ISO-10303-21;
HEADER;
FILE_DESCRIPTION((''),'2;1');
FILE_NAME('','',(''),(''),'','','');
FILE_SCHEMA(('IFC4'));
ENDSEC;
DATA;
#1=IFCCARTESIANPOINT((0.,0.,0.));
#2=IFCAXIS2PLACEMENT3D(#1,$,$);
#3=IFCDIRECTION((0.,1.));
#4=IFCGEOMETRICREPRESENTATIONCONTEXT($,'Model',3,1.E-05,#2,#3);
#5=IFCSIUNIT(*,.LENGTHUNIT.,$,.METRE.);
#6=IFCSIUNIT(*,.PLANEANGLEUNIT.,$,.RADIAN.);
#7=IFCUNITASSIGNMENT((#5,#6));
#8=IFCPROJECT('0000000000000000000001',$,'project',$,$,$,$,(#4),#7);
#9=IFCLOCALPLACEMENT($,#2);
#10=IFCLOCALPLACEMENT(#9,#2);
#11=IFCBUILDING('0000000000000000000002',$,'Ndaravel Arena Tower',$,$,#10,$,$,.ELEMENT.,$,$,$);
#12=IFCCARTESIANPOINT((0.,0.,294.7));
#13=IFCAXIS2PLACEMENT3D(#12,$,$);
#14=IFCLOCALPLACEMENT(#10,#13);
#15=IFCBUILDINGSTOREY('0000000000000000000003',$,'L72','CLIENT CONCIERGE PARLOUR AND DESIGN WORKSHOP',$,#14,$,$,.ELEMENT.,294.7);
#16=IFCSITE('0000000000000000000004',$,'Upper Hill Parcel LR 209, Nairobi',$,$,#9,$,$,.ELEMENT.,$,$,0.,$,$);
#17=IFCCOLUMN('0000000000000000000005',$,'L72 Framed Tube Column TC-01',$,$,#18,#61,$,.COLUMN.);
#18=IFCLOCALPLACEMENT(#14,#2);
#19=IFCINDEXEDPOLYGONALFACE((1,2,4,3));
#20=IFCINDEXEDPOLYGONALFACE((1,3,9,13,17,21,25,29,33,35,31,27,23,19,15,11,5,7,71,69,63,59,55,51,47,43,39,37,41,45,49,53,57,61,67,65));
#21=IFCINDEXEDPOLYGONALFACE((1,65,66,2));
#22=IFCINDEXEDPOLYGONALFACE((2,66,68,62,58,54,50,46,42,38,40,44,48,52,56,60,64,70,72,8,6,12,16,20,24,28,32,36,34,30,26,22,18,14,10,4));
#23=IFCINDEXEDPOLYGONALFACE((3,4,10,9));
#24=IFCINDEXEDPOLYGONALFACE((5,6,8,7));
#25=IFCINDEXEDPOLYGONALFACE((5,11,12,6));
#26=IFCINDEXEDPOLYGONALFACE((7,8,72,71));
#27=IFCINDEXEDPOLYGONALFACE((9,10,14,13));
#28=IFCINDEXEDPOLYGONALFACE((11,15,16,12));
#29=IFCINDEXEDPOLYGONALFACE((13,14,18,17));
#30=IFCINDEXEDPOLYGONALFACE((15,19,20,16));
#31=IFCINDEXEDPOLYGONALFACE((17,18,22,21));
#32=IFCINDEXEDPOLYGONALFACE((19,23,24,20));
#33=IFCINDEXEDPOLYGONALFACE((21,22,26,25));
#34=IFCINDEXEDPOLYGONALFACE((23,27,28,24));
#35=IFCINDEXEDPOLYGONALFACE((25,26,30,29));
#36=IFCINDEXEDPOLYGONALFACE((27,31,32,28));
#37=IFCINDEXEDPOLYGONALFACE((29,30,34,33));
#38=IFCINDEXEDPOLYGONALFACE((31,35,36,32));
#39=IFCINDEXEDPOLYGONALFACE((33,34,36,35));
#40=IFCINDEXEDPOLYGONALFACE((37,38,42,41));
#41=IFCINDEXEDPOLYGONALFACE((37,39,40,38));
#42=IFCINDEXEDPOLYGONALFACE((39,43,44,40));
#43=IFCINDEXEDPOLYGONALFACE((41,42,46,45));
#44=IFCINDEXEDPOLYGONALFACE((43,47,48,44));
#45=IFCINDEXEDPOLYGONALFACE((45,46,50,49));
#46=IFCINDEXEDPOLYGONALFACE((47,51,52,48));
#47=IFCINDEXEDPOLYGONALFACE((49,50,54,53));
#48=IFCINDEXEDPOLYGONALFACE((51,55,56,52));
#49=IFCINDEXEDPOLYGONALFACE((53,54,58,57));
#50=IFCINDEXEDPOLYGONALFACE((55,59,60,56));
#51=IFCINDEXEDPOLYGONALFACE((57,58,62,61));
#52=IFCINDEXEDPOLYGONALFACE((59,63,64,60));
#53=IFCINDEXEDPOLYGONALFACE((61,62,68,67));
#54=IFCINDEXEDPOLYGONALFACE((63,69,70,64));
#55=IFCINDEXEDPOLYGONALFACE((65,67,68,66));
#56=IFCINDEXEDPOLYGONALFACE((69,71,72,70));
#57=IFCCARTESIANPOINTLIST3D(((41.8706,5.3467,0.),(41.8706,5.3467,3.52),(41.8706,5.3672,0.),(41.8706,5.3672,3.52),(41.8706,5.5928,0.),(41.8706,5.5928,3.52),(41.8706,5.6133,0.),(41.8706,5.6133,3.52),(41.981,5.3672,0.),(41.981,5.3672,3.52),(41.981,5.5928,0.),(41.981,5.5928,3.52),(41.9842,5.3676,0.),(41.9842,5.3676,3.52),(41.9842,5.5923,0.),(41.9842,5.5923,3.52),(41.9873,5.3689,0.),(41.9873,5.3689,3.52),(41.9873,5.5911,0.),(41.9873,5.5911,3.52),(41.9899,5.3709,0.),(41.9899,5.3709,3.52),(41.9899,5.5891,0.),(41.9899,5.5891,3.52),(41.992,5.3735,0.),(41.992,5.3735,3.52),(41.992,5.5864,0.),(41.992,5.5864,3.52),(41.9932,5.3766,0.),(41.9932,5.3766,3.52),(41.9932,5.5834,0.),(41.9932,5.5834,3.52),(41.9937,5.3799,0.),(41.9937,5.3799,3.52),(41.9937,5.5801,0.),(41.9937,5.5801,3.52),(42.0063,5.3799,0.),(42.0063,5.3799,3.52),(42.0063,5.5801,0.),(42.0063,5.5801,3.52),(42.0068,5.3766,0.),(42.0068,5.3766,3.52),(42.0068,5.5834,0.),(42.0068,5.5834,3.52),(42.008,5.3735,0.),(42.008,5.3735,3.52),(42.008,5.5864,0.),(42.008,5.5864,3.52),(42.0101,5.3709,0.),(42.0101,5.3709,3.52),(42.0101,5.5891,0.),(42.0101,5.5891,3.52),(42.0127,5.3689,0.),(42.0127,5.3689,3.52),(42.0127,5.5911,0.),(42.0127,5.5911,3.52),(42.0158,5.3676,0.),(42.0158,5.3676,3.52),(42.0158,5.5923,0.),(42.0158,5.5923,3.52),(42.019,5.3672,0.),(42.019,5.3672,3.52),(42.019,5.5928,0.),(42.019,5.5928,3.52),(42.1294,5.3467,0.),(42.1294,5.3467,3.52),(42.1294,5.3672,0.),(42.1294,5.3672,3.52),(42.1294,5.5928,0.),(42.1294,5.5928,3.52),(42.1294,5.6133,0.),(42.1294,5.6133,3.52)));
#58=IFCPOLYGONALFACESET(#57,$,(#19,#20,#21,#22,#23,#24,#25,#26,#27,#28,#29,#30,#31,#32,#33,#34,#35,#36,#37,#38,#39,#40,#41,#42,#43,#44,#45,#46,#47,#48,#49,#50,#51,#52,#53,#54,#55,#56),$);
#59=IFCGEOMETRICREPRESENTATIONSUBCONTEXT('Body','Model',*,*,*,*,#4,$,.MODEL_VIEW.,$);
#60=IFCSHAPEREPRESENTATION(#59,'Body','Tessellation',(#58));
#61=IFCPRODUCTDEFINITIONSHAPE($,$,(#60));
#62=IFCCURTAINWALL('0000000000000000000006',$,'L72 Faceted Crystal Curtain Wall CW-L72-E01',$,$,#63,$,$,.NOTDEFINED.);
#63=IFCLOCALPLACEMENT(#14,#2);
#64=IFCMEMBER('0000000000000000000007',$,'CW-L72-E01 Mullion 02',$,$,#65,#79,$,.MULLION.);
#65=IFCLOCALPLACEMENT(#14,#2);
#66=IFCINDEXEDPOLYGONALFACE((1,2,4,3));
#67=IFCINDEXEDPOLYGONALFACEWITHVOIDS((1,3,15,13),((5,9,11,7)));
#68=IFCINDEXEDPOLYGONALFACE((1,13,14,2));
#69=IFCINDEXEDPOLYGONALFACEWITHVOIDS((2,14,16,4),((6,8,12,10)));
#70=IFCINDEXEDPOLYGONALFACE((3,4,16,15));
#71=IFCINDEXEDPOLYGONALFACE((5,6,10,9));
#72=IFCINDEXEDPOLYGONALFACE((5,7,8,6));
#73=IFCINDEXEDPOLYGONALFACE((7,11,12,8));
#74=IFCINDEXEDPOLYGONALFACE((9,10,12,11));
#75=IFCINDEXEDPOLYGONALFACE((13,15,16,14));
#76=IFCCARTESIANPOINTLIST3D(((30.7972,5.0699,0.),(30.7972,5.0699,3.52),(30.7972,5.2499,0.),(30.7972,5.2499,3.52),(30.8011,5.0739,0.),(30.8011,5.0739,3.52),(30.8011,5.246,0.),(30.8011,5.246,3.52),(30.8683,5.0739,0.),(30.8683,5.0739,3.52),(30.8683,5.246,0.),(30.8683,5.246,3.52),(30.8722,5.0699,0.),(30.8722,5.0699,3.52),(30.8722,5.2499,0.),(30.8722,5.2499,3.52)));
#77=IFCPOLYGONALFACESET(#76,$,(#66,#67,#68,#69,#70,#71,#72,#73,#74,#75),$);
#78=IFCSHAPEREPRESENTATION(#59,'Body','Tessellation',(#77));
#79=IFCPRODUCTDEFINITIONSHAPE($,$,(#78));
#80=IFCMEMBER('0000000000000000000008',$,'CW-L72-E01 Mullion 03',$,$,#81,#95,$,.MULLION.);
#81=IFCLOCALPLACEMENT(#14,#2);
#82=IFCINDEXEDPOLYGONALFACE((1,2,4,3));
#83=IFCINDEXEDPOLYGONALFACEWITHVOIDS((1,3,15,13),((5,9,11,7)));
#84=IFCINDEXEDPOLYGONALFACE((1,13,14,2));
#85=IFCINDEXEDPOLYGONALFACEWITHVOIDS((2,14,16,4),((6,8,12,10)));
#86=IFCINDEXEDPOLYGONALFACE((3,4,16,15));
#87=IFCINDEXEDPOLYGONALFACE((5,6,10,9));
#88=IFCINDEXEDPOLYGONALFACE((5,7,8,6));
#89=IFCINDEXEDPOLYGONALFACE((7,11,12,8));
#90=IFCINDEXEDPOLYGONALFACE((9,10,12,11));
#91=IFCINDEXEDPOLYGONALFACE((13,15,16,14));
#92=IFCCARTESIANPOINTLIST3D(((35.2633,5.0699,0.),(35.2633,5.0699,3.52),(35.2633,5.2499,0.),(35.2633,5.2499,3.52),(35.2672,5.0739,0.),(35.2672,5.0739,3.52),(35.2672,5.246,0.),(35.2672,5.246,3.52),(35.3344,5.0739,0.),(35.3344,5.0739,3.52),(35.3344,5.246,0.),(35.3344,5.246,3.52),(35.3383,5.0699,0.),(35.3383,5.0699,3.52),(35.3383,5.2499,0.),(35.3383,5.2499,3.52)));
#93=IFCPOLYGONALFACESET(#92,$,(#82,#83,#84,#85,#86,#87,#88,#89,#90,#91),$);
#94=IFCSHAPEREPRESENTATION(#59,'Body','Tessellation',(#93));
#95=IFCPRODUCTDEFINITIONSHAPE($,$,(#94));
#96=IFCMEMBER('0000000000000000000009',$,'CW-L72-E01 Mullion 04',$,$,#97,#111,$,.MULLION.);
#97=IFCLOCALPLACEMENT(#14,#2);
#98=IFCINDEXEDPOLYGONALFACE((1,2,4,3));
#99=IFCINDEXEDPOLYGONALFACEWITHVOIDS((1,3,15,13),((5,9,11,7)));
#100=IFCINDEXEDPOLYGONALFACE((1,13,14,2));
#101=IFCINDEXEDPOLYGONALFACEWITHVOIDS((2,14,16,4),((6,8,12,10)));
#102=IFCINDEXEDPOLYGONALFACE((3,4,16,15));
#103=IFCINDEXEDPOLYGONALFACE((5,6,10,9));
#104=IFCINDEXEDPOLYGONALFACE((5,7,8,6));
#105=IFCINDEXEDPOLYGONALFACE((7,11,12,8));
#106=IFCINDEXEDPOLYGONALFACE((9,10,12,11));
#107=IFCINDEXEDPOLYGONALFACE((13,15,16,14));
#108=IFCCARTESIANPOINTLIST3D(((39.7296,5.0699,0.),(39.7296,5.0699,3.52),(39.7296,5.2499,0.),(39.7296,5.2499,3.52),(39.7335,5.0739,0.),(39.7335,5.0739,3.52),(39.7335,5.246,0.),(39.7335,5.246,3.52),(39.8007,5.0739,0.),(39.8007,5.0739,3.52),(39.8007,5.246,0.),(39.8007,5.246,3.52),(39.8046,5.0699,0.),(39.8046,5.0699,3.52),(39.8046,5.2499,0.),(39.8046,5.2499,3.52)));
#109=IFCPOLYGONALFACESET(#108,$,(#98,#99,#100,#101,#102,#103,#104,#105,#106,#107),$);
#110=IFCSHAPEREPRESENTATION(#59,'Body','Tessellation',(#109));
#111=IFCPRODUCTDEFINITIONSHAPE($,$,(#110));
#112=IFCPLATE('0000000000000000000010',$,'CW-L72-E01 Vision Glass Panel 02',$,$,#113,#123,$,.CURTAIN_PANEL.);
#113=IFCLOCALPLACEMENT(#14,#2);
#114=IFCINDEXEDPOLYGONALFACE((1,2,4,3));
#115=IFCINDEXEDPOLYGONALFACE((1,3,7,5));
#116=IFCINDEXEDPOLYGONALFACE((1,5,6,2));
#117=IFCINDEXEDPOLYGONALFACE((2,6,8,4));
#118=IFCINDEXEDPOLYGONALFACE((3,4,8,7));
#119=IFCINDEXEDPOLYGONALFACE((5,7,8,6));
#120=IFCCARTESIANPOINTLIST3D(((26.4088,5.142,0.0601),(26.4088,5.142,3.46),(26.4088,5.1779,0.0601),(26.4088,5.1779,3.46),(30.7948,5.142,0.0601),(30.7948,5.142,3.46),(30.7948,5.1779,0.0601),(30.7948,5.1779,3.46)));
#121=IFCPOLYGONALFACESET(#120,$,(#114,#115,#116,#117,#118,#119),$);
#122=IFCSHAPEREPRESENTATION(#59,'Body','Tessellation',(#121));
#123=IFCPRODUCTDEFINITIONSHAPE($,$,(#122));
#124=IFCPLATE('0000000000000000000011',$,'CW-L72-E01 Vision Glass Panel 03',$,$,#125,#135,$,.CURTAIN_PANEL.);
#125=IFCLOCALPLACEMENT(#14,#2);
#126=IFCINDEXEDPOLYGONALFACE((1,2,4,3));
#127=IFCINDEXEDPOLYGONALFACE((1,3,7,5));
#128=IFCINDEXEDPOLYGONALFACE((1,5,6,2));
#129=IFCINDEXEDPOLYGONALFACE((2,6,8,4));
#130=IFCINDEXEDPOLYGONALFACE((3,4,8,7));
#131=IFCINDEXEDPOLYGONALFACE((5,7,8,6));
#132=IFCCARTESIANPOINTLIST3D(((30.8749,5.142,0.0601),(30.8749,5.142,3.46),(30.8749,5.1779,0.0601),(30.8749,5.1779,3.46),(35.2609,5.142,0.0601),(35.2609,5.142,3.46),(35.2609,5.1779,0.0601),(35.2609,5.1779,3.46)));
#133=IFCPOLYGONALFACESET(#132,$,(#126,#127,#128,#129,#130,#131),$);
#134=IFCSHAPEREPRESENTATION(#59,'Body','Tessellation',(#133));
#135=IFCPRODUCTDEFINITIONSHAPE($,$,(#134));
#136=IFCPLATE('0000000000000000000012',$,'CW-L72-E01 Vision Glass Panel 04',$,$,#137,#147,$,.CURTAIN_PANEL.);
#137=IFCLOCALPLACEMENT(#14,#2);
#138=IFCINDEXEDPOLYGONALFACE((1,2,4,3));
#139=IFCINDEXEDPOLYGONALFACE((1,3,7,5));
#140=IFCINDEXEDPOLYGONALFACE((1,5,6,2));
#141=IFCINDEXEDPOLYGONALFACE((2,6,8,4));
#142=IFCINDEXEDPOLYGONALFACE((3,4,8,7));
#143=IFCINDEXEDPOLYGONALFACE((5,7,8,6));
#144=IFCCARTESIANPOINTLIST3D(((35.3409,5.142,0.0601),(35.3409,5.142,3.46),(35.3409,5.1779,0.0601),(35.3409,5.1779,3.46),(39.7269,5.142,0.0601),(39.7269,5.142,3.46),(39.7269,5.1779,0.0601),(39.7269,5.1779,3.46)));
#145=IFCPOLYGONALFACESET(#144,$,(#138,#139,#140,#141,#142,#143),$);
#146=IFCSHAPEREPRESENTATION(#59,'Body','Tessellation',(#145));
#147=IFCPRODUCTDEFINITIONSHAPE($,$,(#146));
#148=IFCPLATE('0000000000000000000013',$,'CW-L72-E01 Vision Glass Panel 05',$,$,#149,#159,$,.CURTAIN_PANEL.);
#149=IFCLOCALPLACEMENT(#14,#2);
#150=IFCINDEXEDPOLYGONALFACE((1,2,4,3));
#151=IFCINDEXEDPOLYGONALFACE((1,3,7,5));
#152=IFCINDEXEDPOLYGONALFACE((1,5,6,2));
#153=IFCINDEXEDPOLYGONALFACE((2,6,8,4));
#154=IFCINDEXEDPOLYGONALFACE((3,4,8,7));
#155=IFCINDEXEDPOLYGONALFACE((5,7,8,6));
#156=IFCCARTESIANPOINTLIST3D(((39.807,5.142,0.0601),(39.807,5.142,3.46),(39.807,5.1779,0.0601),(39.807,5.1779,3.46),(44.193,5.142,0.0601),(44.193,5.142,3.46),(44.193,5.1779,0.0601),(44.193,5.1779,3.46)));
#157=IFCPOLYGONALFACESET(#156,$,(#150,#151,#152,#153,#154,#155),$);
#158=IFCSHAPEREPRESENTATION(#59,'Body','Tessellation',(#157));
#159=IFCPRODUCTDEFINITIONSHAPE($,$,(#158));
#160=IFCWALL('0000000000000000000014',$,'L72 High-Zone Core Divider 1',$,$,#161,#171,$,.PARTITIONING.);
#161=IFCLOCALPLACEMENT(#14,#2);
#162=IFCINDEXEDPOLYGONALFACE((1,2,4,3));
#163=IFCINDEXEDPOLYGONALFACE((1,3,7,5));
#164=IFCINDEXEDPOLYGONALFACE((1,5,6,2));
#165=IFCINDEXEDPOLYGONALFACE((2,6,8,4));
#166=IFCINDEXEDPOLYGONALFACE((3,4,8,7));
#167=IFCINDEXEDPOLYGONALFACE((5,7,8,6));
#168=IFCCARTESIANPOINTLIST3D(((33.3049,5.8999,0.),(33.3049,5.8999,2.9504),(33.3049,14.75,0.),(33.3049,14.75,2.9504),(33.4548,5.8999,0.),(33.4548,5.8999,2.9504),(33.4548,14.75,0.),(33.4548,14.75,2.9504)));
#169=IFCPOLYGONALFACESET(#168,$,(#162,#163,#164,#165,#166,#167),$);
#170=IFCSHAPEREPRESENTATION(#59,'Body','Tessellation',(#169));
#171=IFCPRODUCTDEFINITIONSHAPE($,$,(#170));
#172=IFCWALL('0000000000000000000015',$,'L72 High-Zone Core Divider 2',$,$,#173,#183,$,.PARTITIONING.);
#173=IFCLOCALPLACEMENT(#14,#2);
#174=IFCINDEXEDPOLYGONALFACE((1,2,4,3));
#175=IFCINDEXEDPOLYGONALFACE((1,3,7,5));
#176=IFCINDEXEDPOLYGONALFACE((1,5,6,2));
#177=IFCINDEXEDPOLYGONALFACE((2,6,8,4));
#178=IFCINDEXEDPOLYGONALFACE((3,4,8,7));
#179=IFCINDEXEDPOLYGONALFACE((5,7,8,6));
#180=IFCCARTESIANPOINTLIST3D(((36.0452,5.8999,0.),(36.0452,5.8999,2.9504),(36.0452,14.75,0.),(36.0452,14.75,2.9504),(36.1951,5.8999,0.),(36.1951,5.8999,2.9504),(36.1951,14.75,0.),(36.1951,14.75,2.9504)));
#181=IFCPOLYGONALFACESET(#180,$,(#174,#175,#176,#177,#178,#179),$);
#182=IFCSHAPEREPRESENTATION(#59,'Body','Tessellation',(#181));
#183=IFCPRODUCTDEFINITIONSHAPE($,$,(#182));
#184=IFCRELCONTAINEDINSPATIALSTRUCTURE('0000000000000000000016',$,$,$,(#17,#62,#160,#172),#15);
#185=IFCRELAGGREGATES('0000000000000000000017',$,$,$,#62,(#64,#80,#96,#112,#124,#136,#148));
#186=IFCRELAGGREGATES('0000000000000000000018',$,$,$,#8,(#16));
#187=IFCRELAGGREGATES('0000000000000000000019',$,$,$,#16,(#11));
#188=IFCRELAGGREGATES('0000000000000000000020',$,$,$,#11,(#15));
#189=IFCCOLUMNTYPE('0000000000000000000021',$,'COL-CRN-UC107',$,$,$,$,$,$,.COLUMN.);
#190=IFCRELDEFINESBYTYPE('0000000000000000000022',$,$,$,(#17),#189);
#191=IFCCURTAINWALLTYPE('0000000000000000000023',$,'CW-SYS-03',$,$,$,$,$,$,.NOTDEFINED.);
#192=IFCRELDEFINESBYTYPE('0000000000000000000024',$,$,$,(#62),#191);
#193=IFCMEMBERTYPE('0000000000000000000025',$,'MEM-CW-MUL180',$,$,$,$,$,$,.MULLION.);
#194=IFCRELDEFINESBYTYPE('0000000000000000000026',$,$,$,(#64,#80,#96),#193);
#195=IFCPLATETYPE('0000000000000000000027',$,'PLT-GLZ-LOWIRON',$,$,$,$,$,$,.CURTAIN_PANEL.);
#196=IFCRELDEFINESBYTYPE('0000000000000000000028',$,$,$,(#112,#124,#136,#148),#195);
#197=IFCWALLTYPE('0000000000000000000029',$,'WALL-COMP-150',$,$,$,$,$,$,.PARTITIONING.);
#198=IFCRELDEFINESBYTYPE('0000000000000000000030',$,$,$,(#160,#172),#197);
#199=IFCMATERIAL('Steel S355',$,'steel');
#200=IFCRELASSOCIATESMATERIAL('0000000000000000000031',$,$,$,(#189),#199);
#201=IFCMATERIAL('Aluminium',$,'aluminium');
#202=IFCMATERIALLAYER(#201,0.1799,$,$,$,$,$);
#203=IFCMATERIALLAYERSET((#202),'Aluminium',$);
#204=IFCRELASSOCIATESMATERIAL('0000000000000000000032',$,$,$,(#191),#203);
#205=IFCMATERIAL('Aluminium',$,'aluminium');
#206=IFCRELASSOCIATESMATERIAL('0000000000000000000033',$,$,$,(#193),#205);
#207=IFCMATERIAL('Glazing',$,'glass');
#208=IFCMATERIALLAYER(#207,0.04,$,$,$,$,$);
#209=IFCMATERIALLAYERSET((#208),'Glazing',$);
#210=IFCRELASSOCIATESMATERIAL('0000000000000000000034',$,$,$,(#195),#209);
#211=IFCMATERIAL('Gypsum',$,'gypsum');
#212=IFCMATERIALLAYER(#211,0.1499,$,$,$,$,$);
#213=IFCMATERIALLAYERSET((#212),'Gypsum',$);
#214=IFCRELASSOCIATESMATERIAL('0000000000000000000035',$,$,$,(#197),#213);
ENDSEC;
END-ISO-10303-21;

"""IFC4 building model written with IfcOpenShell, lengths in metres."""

from ifc_helpers import new_model, si_unit, direction, frame, frame_2d, origin, origin_2d, place, context, subcontext, project, spatial, rectangle, hollow_rectangle, i_section, extrude, material, layer, layer_set, material_profile, profile_set, type_object, element, aggregate, save


model = new_model("IFC4")

# Units and contexts
model_context = context("Model", 3, precision=1e-05, world=origin(), true_north=direction((0.0, 1.0)))
body_context = subcontext(model_context, "Body", "Model", "MODEL_VIEW")
ifc_project = project(units=[si_unit("LENGTHUNIT", "METRE"), si_unit("PLANEANGLEUNIT", "RADIAN")], contexts=[model_context])

# Site, building, storey
site_placement = place(None, origin())
site = spatial("IfcSite", under=ifc_project, at=site_placement, Name="Upper Hill Parcel LR 209, Nairobi", CompositionType="ELEMENT", RefElevation=0.0)
building_placement = place(site_placement, origin())
building = spatial("IfcBuilding", under=site, at=building_placement, Name="Ndaravel Arena Tower", CompositionType="ELEMENT")
storey_placement = place(building_placement, frame((0.0, 0.0, 294.7)))
storey = spatial("IfcBuildingStorey", under=building, at=storey_placement, Name="L72", Description="CLIENT CONCIERGE PARLOUR AND DESIGN WORKSHOP", CompositionType="ELEMENT", Elevation=294.7)

# Column
ifc_material_1 = material(Name="Steel S355", Category="steel")
ifc_material_profile_1 = material_profile(ifc_material_1, i_section(OverallWidth=0.2588, OverallDepth=0.2666, WebThickness=0.0127, FlangeThickness=0.0205, FilletRadius=0.0127, at=origin_2d()), Name="UC 254x254x107")
ifc_profile_set_1 = profile_set([ifc_material_profile_1], Name="Steel S355")
column_type = type_object("IfcColumnType", Name="COL-CRN-UC107", PredefinedType="COLUMN", material=ifc_profile_set_1)
column_placement = place(storey_placement, frame((42.0, 5.48, 0.0), z_axis=(0.0, 0.0, 1.0), x_axis=(1.0, 0.0, 0.0)))
element("IfcColumn", 1, at=column_placement, inside=storey, type_object=column_type, Name="L72 Framed Tube Column TC-01", PredefinedType="COLUMN", context=body_context, shape_type="SweptSolid", body=[
    extrude(i_section(OverallWidth=0.2588, OverallDepth=0.2666, WebThickness=0.0127, FlangeThickness=0.0205, FilletRadius=0.0127, at=origin_2d()), origin(), (0.0, 0.0, 1.0), 3.52),
])

# Curtain wall, members, plates
ifc_material_2 = material(Name="Aluminium", Category="aluminium")
ifc_layer_1 = layer(ifc_material_2, 0.1799)
ifc_layer_set_1 = layer_set([ifc_layer_1], Name="Aluminium")
curtain_wall_type = type_object("IfcCurtainWallType", Name="CW-SYS-03", PredefinedType="NOTDEFINED", material=ifc_layer_set_1)
curtain_wall_placement = place(storey_placement, origin())
curtain_wall = element("IfcCurtainWall", 2, at=curtain_wall_placement, inside=storey, type_object=curtain_wall_type, Name="L72 Faceted Crystal Curtain Wall CW-L72-E01", PredefinedType="NOTDEFINED")
ifc_material_3 = material(Name="Aluminium", Category="aluminium")
ifc_material_profile_2 = material_profile(ifc_material_3, hollow_rectangle(XDim=0.075, YDim=0.1799, WallThickness=0.0039, at=origin_2d()), Name="CW MULLION 75x180x4")
ifc_profile_set_2 = profile_set([ifc_material_profile_2], Name="Aluminium")
member_type = type_object("IfcMemberType", Name="MEM-CW-MUL180", PredefinedType="MULLION", material=ifc_profile_set_2)
member_1_placement = place(storey_placement, frame((30.8347, 5.1599, 0.0), z_axis=(0.0, 0.0, 1.0), x_axis=(1.0, 0.0, 0.0)))
member_1 = element("IfcMember", 3, at=member_1_placement, type_object=member_type, Name="CW-L72-E01 Mullion 02", PredefinedType="MULLION", context=body_context, shape_type="SweptSolid", body=[
    extrude(hollow_rectangle(XDim=0.075, YDim=0.1799, WallThickness=0.0039, at=origin_2d()), origin(), (0.0, 0.0, 1.0), 3.52),
])
member_2_placement = place(storey_placement, frame((35.3008, 5.1599, 0.0), z_axis=(0.0, 0.0, 1.0), x_axis=(1.0, 0.0, 0.0)))
member_2 = element("IfcMember", 4, at=member_2_placement, type_object=member_type, Name="CW-L72-E01 Mullion 03", PredefinedType="MULLION", context=body_context, shape_type="SweptSolid", body=[
    extrude(hollow_rectangle(XDim=0.075, YDim=0.1799, WallThickness=0.0039, at=origin_2d()), origin(), (0.0, 0.0, 1.0), 3.52),
])
member_3_placement = place(storey_placement, frame((39.7671, 5.1599, 0.0), z_axis=(0.0, 0.0, 1.0), x_axis=(1.0, 0.0, 0.0)))
member_3 = element("IfcMember", 5, at=member_3_placement, type_object=member_type, Name="CW-L72-E01 Mullion 04", PredefinedType="MULLION", context=body_context, shape_type="SweptSolid", body=[
    extrude(hollow_rectangle(XDim=0.075, YDim=0.1799, WallThickness=0.0039, at=origin_2d()), origin(), (0.0, 0.0, 1.0), 3.52),
])
ifc_material_4 = material(Name="Glazing", Category="glass")
ifc_layer_2 = layer(ifc_material_4, 0.04)
ifc_layer_set_2 = layer_set([ifc_layer_2], Name="Glazing")
plate_type = type_object("IfcPlateType", Name="PLT-GLZ-LOWIRON", PredefinedType="CURTAIN_PANEL", material=ifc_layer_set_2)
plate_1_placement = place(storey_placement, frame((28.6018, 5.1599, 0.0601), z_axis=(0.0, 0.0, 1.0), x_axis=(1.0, 0.0, 0.0)))
plate_1 = element("IfcPlate", 6, at=plate_1_placement, type_object=plate_type, Name="CW-L72-E01 Vision Glass Panel 02", PredefinedType="CURTAIN_PANEL", context=body_context, shape_type="SweptSolid", body=[
    extrude(rectangle(XDim=4.386, YDim=0.0359, at=origin_2d()), origin(), (0.0, 0.0, 1.0), 3.3999),
])
plate_2_placement = place(storey_placement, frame((33.0679, 5.1599, 0.0601), z_axis=(0.0, 0.0, 1.0), x_axis=(1.0, 0.0, 0.0)))
plate_2 = element("IfcPlate", 7, at=plate_2_placement, type_object=plate_type, Name="CW-L72-E01 Vision Glass Panel 03", PredefinedType="CURTAIN_PANEL", context=body_context, shape_type="SweptSolid", body=[
    extrude(rectangle(XDim=4.386, YDim=0.0359, at=origin_2d()), origin(), (0.0, 0.0, 1.0), 3.3999),
])
plate_3_placement = place(storey_placement, frame((37.5339, 5.1599, 0.0601), z_axis=(0.0, 0.0, 1.0), x_axis=(1.0, 0.0, 0.0)))
plate_3 = element("IfcPlate", 8, at=plate_3_placement, type_object=plate_type, Name="CW-L72-E01 Vision Glass Panel 04", PredefinedType="CURTAIN_PANEL", context=body_context, shape_type="SweptSolid", body=[
    extrude(rectangle(XDim=4.386, YDim=0.0359, at=origin_2d()), origin(), (0.0, 0.0, 1.0), 3.3999),
])
plate_4_placement = place(storey_placement, frame((42.0, 5.1599, 0.0601), z_axis=(0.0, 0.0, 1.0), x_axis=(1.0, 0.0, 0.0)))
plate_4 = element("IfcPlate", 9, at=plate_4_placement, type_object=plate_type, Name="CW-L72-E01 Vision Glass Panel 05", PredefinedType="CURTAIN_PANEL", context=body_context, shape_type="SweptSolid", body=[
    extrude(rectangle(XDim=4.386, YDim=0.0359, at=origin_2d()), origin(), (0.0, 0.0, 1.0), 3.3999),
])
aggregate(curtain_wall, [member_1, member_2, member_3, plate_1, plate_2, plate_3, plate_4])

# Walls
ifc_material_5 = material(Name="Gypsum", Category="gypsum")
ifc_layer_3 = layer(ifc_material_5, 0.1499)
ifc_layer_set_3 = layer_set([ifc_layer_3], Name="Gypsum")
wall_type_1 = type_object("IfcWallType", Name="WALL-COMP-150", PredefinedType="PARTITIONING", material=ifc_layer_set_3)
for number, where, z_axis, x_axis, name in (
    (10, (33.3799, 5.8999, 0.0), (0.0, 0.0, 1.0), (0.0, 1.0, 0.0), "L72 High-Zone Core Divider 1"),
    (11, (36.1201, 5.8999, 0.0), (0.0, 0.0, 1.0), (0.0, 1.0, 0.0), "L72 High-Zone Core Divider 2"),
):
    element("IfcWall", number, at=place(storey_placement, frame(where, z_axis=z_axis, x_axis=x_axis)), inside=storey, type_object=wall_type_1, Name=name, PredefinedType="PARTITIONING", context=body_context, shape_type="SweptSolid", body=[
        extrude(rectangle(XDim=8.8501, YDim=0.1499, at=frame_2d((4.425, 0.0))), origin(), (0.0, 0.0, 1.0), 2.9504),
    ])

save(model, "model.ifc")
